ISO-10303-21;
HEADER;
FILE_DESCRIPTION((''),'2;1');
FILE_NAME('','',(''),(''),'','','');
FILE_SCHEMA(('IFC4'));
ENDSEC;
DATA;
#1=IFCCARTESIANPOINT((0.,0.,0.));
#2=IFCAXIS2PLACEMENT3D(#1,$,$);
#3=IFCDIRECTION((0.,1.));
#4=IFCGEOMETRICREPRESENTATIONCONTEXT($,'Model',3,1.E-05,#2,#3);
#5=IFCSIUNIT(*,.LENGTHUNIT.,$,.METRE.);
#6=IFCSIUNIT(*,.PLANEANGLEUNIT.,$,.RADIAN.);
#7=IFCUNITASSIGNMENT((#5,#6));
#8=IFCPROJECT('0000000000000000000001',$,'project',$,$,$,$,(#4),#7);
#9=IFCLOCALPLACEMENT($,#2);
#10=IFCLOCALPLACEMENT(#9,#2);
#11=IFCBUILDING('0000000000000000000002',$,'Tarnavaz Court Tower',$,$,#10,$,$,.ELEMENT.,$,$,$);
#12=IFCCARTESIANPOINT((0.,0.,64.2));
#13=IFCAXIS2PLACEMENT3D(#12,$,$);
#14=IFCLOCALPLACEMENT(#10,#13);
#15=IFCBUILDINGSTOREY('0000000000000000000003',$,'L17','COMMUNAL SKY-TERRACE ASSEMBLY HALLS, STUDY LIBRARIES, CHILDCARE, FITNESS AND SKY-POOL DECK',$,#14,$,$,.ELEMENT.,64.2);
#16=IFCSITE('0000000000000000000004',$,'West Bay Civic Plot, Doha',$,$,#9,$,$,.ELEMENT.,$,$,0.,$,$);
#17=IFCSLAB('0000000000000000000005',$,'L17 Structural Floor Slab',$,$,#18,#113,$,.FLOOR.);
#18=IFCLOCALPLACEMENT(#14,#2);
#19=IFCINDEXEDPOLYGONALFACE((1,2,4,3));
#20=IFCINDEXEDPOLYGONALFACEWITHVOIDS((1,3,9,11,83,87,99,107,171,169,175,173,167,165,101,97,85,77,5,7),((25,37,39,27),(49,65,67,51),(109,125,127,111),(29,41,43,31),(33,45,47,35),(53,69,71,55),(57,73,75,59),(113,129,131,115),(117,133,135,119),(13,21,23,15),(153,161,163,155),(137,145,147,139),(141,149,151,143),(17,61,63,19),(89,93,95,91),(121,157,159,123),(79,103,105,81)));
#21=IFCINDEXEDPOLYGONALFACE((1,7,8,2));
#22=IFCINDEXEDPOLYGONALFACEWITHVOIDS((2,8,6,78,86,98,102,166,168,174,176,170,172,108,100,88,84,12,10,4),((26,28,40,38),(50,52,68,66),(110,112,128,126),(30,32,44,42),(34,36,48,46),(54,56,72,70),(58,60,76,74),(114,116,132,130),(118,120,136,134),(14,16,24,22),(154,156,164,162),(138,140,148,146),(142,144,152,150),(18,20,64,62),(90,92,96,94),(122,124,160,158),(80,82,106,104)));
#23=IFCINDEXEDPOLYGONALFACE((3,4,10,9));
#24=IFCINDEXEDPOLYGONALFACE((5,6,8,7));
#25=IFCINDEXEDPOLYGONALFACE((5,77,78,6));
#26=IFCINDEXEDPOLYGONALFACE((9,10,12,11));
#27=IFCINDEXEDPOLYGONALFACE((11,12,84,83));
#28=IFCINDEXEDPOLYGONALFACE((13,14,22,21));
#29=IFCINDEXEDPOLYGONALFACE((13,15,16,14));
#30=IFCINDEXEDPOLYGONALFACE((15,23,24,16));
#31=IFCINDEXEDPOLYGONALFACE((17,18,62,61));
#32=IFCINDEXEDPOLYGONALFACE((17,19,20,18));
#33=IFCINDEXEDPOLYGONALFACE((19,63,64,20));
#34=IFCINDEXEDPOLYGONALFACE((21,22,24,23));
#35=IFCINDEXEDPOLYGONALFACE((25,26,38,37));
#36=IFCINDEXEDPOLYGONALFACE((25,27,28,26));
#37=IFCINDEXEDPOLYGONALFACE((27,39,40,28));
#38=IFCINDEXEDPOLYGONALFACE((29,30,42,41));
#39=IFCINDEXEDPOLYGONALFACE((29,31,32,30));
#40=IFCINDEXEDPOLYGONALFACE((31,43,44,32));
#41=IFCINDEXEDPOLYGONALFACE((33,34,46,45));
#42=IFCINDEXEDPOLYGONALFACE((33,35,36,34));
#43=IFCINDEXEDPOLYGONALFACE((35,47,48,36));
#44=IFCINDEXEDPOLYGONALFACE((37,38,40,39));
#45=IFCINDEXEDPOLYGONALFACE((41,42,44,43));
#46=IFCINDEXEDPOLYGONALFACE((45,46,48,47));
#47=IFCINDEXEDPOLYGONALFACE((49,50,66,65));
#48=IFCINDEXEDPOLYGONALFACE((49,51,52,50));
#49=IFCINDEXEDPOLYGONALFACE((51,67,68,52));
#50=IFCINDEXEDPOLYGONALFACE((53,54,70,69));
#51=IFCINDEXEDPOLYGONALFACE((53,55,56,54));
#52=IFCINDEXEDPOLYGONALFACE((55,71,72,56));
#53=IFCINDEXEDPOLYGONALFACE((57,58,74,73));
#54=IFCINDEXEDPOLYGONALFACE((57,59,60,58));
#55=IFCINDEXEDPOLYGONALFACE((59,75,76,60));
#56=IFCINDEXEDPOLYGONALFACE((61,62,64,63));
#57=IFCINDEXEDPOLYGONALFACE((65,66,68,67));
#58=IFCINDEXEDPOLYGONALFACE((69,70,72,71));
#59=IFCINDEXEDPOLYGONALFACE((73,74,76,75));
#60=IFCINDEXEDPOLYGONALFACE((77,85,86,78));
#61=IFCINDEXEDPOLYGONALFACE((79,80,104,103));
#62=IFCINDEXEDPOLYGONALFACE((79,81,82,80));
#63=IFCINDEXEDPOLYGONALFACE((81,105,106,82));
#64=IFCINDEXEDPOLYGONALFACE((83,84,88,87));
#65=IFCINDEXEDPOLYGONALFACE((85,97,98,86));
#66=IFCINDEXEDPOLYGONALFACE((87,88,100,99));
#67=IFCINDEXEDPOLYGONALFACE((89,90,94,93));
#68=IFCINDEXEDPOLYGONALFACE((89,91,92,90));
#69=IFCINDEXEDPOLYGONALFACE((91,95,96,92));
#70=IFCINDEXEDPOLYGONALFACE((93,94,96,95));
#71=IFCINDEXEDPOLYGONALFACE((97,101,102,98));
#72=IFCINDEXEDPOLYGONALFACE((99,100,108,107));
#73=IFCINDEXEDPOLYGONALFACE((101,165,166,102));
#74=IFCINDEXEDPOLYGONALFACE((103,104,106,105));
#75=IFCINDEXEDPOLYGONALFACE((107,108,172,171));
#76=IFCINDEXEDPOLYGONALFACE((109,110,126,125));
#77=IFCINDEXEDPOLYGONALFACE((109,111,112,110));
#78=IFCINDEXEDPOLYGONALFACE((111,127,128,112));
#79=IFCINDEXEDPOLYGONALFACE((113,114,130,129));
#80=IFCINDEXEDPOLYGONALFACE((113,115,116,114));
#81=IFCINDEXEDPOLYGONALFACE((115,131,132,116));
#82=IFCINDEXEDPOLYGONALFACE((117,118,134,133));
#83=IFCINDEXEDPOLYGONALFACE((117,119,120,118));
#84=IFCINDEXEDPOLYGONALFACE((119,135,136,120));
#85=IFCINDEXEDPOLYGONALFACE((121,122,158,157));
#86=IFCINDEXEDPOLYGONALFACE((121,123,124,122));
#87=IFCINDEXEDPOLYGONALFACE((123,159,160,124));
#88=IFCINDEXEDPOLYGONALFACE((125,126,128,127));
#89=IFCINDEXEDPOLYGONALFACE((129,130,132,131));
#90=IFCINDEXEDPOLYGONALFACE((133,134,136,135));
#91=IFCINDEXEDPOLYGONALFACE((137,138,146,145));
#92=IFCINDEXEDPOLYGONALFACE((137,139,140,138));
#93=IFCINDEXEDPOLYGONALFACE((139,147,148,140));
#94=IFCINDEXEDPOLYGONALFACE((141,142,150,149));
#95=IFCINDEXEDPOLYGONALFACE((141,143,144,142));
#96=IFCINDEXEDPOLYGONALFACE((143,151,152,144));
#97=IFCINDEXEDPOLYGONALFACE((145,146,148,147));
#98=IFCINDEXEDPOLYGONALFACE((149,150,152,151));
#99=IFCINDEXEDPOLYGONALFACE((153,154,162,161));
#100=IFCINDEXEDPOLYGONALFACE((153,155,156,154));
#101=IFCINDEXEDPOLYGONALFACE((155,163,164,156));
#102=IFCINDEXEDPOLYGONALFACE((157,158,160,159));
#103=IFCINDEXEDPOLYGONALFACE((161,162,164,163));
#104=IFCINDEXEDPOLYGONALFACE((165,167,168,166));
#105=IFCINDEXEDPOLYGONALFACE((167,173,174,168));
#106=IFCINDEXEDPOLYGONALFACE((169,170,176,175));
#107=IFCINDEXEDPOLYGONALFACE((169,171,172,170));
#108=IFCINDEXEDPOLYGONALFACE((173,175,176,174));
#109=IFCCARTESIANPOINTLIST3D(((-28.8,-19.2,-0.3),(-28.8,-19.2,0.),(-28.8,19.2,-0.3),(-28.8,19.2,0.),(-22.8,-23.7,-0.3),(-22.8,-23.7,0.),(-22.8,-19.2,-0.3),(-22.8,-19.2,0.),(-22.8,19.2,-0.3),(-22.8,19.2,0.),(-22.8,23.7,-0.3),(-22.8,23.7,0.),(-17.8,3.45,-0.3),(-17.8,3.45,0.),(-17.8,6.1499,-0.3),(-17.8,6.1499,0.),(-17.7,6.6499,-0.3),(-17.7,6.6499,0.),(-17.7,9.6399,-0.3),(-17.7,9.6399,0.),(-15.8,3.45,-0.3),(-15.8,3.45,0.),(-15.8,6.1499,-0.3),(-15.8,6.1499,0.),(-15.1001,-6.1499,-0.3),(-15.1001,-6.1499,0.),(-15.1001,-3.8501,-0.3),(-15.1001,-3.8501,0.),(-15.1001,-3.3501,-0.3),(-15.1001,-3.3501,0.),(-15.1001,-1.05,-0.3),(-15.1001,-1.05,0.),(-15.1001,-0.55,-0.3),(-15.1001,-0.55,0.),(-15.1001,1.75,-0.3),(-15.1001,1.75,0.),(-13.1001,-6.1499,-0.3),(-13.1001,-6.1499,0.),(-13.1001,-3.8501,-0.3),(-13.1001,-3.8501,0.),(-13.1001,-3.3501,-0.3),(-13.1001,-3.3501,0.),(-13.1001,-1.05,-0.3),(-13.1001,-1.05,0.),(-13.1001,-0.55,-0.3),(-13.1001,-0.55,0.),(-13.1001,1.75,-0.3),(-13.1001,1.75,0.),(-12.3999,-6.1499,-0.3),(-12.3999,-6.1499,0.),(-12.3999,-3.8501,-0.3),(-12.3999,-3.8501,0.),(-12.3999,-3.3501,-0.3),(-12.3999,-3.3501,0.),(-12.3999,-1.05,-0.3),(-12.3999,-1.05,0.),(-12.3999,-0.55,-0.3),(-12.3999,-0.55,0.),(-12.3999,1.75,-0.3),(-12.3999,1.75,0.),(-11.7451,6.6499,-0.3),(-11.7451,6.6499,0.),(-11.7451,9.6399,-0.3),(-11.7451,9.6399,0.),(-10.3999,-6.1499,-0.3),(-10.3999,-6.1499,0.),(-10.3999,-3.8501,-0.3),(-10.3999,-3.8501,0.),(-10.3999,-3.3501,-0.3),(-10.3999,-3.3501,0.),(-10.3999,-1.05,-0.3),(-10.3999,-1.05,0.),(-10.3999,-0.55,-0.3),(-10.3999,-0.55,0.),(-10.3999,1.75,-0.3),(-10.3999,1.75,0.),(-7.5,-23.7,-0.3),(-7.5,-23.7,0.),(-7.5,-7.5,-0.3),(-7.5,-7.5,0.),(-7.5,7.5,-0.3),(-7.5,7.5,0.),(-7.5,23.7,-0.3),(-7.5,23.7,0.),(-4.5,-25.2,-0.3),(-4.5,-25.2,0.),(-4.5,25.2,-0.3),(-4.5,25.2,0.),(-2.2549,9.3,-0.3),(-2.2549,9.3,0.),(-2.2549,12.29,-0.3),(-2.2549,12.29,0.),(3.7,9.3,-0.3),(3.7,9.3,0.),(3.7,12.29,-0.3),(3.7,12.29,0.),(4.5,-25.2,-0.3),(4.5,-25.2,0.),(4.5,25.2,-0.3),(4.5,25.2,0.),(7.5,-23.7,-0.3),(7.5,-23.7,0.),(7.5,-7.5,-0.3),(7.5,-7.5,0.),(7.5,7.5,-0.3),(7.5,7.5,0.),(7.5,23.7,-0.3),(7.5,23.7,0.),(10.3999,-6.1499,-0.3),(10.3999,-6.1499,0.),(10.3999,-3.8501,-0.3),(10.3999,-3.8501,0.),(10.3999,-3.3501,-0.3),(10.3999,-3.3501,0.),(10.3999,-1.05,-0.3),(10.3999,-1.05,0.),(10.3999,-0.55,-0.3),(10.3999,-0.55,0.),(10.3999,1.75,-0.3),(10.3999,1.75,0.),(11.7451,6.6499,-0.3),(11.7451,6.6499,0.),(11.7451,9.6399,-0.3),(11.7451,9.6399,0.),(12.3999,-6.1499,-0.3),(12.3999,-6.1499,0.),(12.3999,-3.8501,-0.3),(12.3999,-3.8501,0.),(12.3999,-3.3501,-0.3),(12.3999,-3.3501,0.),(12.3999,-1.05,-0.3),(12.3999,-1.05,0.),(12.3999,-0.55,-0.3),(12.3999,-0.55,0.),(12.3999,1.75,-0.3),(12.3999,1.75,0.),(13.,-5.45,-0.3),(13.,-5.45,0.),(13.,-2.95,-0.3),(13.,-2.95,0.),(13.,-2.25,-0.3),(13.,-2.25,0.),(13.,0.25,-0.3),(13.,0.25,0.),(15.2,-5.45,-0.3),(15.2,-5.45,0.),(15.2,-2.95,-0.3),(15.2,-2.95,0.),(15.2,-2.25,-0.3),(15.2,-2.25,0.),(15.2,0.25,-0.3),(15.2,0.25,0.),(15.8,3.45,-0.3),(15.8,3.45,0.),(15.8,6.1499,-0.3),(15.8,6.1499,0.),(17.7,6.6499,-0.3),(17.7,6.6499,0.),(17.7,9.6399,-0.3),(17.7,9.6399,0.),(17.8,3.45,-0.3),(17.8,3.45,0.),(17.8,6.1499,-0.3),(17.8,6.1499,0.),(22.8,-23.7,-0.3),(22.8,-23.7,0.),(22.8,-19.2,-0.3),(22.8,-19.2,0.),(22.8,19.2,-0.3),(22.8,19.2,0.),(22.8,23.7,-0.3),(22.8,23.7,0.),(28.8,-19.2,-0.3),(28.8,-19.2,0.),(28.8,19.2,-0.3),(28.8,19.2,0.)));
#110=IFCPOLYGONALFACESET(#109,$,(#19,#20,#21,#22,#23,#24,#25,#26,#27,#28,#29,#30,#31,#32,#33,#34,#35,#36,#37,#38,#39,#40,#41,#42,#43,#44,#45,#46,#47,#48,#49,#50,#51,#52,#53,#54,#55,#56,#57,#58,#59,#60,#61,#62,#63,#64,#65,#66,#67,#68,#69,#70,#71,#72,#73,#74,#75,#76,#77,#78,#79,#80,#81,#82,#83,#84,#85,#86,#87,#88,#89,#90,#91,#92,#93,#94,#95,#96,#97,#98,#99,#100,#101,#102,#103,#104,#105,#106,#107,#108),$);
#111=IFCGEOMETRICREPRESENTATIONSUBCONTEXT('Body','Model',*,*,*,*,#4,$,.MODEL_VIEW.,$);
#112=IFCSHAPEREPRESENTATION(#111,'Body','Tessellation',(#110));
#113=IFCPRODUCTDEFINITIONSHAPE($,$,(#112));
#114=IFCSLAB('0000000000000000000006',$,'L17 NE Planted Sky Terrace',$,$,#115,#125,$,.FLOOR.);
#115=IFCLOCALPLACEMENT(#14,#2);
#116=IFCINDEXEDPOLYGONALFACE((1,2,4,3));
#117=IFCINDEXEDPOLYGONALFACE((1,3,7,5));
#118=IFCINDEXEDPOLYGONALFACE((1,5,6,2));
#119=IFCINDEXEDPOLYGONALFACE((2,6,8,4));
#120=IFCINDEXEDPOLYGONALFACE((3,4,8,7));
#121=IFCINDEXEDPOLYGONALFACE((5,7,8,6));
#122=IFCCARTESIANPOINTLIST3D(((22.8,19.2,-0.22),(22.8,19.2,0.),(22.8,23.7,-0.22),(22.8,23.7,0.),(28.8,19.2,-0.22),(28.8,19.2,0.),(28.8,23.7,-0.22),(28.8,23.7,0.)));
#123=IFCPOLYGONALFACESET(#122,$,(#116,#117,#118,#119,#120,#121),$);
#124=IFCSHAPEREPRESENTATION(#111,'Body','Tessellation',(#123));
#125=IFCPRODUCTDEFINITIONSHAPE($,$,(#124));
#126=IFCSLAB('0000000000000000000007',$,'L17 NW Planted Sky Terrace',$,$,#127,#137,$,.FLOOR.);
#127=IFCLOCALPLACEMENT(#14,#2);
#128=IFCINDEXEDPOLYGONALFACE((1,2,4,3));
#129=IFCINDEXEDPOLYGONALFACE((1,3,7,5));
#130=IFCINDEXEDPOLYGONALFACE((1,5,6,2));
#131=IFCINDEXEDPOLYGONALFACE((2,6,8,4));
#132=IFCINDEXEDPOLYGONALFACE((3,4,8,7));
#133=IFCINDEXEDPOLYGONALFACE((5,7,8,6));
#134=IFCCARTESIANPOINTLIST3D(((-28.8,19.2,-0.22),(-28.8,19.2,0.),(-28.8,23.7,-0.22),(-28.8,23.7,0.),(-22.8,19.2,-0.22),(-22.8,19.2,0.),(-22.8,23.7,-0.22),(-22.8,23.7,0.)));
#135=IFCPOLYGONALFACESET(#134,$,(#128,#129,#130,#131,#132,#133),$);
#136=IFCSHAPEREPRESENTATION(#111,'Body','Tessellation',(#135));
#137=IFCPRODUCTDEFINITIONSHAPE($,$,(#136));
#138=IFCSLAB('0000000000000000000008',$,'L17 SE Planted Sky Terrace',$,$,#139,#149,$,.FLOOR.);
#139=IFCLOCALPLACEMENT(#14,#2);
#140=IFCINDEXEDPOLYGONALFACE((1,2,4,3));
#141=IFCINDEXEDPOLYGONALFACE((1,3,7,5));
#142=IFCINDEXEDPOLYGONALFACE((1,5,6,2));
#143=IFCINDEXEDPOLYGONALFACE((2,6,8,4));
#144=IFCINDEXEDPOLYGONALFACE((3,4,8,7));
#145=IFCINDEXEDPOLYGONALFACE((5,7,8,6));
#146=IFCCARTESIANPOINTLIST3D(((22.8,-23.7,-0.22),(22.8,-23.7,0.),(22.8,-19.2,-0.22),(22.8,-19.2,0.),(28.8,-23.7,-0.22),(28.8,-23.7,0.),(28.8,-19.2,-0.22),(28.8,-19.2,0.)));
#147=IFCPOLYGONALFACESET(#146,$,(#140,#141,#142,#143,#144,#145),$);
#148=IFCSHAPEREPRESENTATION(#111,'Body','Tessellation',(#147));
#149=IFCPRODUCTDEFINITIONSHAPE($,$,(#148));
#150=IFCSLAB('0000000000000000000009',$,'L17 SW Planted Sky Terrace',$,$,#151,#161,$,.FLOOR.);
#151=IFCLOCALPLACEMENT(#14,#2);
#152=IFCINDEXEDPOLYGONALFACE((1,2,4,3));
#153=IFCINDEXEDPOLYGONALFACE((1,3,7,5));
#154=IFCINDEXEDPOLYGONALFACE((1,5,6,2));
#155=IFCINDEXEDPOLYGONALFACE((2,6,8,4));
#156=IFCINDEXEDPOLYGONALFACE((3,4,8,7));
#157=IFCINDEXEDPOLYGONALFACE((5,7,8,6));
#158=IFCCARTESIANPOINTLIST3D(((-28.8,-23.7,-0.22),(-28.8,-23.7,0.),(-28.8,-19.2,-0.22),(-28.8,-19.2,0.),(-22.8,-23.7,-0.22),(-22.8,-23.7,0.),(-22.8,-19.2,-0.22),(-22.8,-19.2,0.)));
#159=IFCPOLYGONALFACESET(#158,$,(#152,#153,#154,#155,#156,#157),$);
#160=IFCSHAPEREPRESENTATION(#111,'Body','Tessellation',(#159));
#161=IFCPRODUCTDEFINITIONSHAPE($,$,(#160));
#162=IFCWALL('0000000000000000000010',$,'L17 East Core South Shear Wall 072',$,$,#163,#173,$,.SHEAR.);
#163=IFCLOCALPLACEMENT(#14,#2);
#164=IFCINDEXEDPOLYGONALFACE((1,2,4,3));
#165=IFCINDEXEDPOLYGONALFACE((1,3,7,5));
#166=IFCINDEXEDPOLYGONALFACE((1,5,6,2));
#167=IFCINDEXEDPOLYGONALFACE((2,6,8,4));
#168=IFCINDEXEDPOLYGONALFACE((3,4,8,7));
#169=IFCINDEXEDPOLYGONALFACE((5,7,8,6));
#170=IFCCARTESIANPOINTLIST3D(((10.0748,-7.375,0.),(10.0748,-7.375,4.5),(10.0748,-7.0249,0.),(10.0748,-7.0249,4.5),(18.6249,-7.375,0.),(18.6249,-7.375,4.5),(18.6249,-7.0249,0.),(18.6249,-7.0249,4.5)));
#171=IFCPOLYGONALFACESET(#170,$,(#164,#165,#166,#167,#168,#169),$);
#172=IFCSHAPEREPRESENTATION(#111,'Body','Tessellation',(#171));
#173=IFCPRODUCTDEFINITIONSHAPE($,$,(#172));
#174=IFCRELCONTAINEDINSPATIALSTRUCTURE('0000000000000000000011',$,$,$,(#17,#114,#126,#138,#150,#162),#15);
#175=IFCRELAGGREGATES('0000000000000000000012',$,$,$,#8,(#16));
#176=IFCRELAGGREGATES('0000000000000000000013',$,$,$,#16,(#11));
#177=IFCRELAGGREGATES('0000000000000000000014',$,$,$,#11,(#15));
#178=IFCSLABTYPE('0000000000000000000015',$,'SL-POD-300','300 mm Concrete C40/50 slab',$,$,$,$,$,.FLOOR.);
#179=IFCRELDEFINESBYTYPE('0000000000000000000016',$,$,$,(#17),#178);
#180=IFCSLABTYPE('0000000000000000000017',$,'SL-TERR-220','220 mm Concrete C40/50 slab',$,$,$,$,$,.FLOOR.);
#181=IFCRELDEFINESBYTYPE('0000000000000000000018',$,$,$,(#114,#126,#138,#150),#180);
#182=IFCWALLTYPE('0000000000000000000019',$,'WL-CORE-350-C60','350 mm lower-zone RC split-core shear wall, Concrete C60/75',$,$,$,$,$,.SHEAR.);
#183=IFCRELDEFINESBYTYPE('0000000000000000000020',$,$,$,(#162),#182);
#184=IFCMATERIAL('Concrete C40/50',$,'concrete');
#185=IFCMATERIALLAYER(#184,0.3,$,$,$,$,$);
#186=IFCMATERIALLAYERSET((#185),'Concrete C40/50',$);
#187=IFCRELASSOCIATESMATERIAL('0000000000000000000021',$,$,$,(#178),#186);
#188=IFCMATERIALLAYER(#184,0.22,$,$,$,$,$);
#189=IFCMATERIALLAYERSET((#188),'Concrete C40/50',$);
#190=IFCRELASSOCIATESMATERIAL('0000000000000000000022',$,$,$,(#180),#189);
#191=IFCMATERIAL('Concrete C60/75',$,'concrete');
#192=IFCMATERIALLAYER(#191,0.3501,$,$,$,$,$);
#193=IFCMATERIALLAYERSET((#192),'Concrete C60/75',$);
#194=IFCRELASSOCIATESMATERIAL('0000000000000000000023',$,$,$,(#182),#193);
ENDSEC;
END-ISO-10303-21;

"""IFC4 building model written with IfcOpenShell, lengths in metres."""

from ifc_helpers import new_model, si_unit, direction, frame, frame_2d, origin, place, context, subcontext, project, spatial, polyline, rectangle, outline, extrude, material, layer, layer_set, type_object, element, save


model = new_model("IFC4")

# Units and contexts
model_context = context("Model", 3, precision=1e-05, world=origin(), true_north=direction((0.0, 1.0)))
body_context = subcontext(model_context, "Body", "Model", "MODEL_VIEW")
ifc_project = project(units=[si_unit("LENGTHUNIT", "METRE"), si_unit("PLANEANGLEUNIT", "RADIAN")], contexts=[model_context])

# Site, building, storey
site_placement = place(None, origin())
site = spatial("IfcSite", under=ifc_project, at=site_placement, Name="West Bay Civic Plot, Doha", CompositionType="ELEMENT", RefElevation=0.0)
building_placement = place(site_placement, origin())
building = spatial("IfcBuilding", under=site, at=building_placement, Name="Tarnavaz Court Tower", CompositionType="ELEMENT")
storey_placement = place(building_placement, frame((0.0, 0.0, 64.2)))
storey = spatial("IfcBuildingStorey", under=building, at=storey_placement, Name="L17", Description="COMMUNAL SKY-TERRACE ASSEMBLY HALLS, STUDY LIBRARIES, CHILDCARE, FITNESS AND SKY-POOL DECK", CompositionType="ELEMENT", Elevation=64.2)

# Shared definitions
ifc_material_1 = material(Name="Concrete C60/75", Category="concrete")

# Shared definitions
ifc_material_2 = material(Name="Concrete C40/50", Category="concrete")

# Slabs
ifc_layer_1 = layer(ifc_material_2, 0.3)
ifc_layer_set_1 = layer_set([ifc_layer_1], Name="Concrete C40/50")
slab_type_1 = type_object("IfcSlabType", Name="SL-POD-300", Description="300 mm Concrete C40/50 slab", PredefinedType="FLOOR", material=ifc_layer_set_1)
slab_1_placement = place(storey_placement, frame((0.0, 0.0, -0.3)))
element("IfcSlab", 1, at=slab_1_placement, inside=storey, type_object=slab_type_1, Name="L17 Structural Floor Slab", PredefinedType="FLOOR", context=body_context, shape_type="SweptSolid", body=[
    extrude(outline(polyline([(-22.8, -23.7), (-7.5, -23.7), (-4.5, -25.2), (4.5, -25.2), (7.5, -23.7), (22.8, -23.7), (22.8, -19.2), (28.8, -19.2), (28.8, 19.2), (22.8, 19.2), (22.8, 23.7), (7.5, 23.7), (4.5, 25.2), (-4.5, 25.2), (-7.5, 23.7), (-22.8, 23.7), (-22.8, 19.2), (-28.8, 19.2), (-28.8, -19.2), (-22.8, -19.2), (-22.8, -23.7)]), holes=[polyline([(-7.5, -7.5), (7.5, -7.5), (7.5, 7.5), (-7.5, 7.5), (-7.5, -7.5)]), polyline([(-11.7451, 9.6399), (-17.7, 9.6399), (-17.7, 6.6499), (-11.7451, 6.6499), (-11.7451, 9.6399)]), polyline([(11.7451, 6.6499), (17.7, 6.6499), (17.7, 9.6399), (11.7451, 9.6399), (11.7451, 6.6499)]), polyline([(-2.2549, 9.3), (3.7, 9.3), (3.7, 12.29), (-2.2549, 12.29), (-2.2549, 9.3)]), polyline([(-17.8, 3.45), (-15.8, 3.45), (-15.8, 6.1499), (-17.8, 6.1499), (-17.8, 3.45)]), polyline([(-12.3999, -6.1499), (-10.3999, -6.1499), (-10.3999, -3.8501), (-12.3999, -3.8501), (-12.3999, -6.1499)]), polyline([(-12.3999, -3.3501), (-10.3999, -3.3501), (-10.3999, -1.05), (-12.3999, -1.05), (-12.3999, -3.3501)]), polyline([(-12.3999, -0.55), (-10.3999, -0.55), (-10.3999, 1.75), (-12.3999, 1.75), (-12.3999, -0.55)]), polyline([(-15.1001, -6.1499), (-13.1001, -6.1499), (-13.1001, -3.8501), (-15.1001, -3.8501), (-15.1001, -6.1499)]), polyline([(-15.1001, -3.3501), (-13.1001, -3.3501), (-13.1001, -1.05), (-15.1001, -1.05), (-15.1001, -3.3501)]), polyline([(-15.1001, -0.55), (-13.1001, -0.55), (-13.1001, 1.75), (-15.1001, 1.75), (-15.1001, -0.55)]), polyline([(15.8, 3.45), (17.8, 3.45), (17.8, 6.1499), (15.8, 6.1499), (15.8, 3.45)]), polyline([(10.3999, -6.1499), (12.3999, -6.1499), (12.3999, -3.8501), (10.3999, -3.8501), (10.3999, -6.1499)]), polyline([(10.3999, -3.3501), (12.3999, -3.3501), (12.3999, -1.05), (10.3999, -1.05), (10.3999, -3.3501)]), polyline([(10.3999, -0.55), (12.3999, -0.55), (12.3999, 1.75), (10.3999, 1.75), (10.3999, -0.55)]), polyline([(13.0, -5.45), (15.2, -5.45), (15.2, -2.95), (13.0, -2.95), (13.0, -5.45)]), polyline([(13.0, -2.25), (15.2, -2.25), (15.2, 0.25), (13.0, 0.25), (13.0, -2.25)])]), origin(), (0.0, 0.0, 1.0), 0.3),
])
ifc_layer_2 = layer(ifc_material_2, 0.22)
ifc_layer_set_2 = layer_set([ifc_layer_2], Name="Concrete C40/50")
slab_type_2 = type_object("IfcSlabType", Name="SL-TERR-220", Description="220 mm Concrete C40/50 slab", PredefinedType="FLOOR", material=ifc_layer_set_2)
slab_2_placement = place(storey_placement, frame((0.0, 0.0, -0.22)))
element("IfcSlab", 2, at=slab_2_placement, inside=storey, type_object=slab_type_2, Name="L17 NE Planted Sky Terrace", PredefinedType="FLOOR", context=body_context, shape_type="SweptSolid", body=[
    extrude(outline(polyline([(22.8, 19.2), (28.8, 19.2), (28.8, 23.7), (22.8, 23.7), (22.8, 19.2)])), origin(), (0.0, 0.0, 1.0), 0.22),
])
slab_3_placement = place(storey_placement, frame((0.0, 0.0, -0.22)))
element("IfcSlab", 3, at=slab_3_placement, inside=storey, type_object=slab_type_2, Name="L17 NW Planted Sky Terrace", PredefinedType="FLOOR", context=body_context, shape_type="SweptSolid", body=[
    extrude(outline(polyline([(-28.8, 19.2), (-22.8, 19.2), (-22.8, 23.7), (-28.8, 23.7), (-28.8, 19.2)])), origin(), (0.0, 0.0, 1.0), 0.22),
])
slab_4_placement = place(storey_placement, frame((0.0, 0.0, -0.22)))
element("IfcSlab", 4, at=slab_4_placement, inside=storey, type_object=slab_type_2, Name="L17 SE Planted Sky Terrace", PredefinedType="FLOOR", context=body_context, shape_type="SweptSolid", body=[
    extrude(outline(polyline([(22.8, -23.7), (28.8, -23.7), (28.8, -19.2), (22.8, -19.2), (22.8, -23.7)])), origin(), (0.0, 0.0, 1.0), 0.22),
])
slab_5_placement = place(storey_placement, frame((0.0, 0.0, -0.22)))
element("IfcSlab", 5, at=slab_5_placement, inside=storey, type_object=slab_type_2, Name="L17 SW Planted Sky Terrace", PredefinedType="FLOOR", context=body_context, shape_type="SweptSolid", body=[
    extrude(outline(polyline([(-28.8, -23.7), (-22.8, -23.7), (-22.8, -19.2), (-28.8, -19.2), (-28.8, -23.7)])), origin(), (0.0, 0.0, 1.0), 0.22),
])

# Wall
ifc_layer_3 = layer(ifc_material_1, 0.3501)
ifc_layer_set_3 = layer_set([ifc_layer_3], Name="Concrete C60/75")
wall_type_1 = type_object("IfcWallType", Name="WL-CORE-350-C60", Description="350 mm lower-zone RC split-core shear wall, Concrete C60/75", PredefinedType="SHEAR", material=ifc_layer_set_3)
wall_1_placement = place(storey_placement, frame((10.075, -7.2, 0.0), z_axis=(0.0, 0.0, 1.0), x_axis=(1.0, 0.0, 0.0)))
element("IfcWall", 6, at=wall_1_placement, inside=storey, type_object=wall_type_1, Name="L17 East Core South Shear Wall 072", PredefinedType="SHEAR", context=body_context, shape_type="SweptSolid", body=[
    extrude(rectangle(XDim=8.55, YDim=0.3501, at=frame_2d((4.2749, 0.0))), origin(), (0.0, 0.0, 1.0), 4.5),
])

save(model, "model.ifc")
